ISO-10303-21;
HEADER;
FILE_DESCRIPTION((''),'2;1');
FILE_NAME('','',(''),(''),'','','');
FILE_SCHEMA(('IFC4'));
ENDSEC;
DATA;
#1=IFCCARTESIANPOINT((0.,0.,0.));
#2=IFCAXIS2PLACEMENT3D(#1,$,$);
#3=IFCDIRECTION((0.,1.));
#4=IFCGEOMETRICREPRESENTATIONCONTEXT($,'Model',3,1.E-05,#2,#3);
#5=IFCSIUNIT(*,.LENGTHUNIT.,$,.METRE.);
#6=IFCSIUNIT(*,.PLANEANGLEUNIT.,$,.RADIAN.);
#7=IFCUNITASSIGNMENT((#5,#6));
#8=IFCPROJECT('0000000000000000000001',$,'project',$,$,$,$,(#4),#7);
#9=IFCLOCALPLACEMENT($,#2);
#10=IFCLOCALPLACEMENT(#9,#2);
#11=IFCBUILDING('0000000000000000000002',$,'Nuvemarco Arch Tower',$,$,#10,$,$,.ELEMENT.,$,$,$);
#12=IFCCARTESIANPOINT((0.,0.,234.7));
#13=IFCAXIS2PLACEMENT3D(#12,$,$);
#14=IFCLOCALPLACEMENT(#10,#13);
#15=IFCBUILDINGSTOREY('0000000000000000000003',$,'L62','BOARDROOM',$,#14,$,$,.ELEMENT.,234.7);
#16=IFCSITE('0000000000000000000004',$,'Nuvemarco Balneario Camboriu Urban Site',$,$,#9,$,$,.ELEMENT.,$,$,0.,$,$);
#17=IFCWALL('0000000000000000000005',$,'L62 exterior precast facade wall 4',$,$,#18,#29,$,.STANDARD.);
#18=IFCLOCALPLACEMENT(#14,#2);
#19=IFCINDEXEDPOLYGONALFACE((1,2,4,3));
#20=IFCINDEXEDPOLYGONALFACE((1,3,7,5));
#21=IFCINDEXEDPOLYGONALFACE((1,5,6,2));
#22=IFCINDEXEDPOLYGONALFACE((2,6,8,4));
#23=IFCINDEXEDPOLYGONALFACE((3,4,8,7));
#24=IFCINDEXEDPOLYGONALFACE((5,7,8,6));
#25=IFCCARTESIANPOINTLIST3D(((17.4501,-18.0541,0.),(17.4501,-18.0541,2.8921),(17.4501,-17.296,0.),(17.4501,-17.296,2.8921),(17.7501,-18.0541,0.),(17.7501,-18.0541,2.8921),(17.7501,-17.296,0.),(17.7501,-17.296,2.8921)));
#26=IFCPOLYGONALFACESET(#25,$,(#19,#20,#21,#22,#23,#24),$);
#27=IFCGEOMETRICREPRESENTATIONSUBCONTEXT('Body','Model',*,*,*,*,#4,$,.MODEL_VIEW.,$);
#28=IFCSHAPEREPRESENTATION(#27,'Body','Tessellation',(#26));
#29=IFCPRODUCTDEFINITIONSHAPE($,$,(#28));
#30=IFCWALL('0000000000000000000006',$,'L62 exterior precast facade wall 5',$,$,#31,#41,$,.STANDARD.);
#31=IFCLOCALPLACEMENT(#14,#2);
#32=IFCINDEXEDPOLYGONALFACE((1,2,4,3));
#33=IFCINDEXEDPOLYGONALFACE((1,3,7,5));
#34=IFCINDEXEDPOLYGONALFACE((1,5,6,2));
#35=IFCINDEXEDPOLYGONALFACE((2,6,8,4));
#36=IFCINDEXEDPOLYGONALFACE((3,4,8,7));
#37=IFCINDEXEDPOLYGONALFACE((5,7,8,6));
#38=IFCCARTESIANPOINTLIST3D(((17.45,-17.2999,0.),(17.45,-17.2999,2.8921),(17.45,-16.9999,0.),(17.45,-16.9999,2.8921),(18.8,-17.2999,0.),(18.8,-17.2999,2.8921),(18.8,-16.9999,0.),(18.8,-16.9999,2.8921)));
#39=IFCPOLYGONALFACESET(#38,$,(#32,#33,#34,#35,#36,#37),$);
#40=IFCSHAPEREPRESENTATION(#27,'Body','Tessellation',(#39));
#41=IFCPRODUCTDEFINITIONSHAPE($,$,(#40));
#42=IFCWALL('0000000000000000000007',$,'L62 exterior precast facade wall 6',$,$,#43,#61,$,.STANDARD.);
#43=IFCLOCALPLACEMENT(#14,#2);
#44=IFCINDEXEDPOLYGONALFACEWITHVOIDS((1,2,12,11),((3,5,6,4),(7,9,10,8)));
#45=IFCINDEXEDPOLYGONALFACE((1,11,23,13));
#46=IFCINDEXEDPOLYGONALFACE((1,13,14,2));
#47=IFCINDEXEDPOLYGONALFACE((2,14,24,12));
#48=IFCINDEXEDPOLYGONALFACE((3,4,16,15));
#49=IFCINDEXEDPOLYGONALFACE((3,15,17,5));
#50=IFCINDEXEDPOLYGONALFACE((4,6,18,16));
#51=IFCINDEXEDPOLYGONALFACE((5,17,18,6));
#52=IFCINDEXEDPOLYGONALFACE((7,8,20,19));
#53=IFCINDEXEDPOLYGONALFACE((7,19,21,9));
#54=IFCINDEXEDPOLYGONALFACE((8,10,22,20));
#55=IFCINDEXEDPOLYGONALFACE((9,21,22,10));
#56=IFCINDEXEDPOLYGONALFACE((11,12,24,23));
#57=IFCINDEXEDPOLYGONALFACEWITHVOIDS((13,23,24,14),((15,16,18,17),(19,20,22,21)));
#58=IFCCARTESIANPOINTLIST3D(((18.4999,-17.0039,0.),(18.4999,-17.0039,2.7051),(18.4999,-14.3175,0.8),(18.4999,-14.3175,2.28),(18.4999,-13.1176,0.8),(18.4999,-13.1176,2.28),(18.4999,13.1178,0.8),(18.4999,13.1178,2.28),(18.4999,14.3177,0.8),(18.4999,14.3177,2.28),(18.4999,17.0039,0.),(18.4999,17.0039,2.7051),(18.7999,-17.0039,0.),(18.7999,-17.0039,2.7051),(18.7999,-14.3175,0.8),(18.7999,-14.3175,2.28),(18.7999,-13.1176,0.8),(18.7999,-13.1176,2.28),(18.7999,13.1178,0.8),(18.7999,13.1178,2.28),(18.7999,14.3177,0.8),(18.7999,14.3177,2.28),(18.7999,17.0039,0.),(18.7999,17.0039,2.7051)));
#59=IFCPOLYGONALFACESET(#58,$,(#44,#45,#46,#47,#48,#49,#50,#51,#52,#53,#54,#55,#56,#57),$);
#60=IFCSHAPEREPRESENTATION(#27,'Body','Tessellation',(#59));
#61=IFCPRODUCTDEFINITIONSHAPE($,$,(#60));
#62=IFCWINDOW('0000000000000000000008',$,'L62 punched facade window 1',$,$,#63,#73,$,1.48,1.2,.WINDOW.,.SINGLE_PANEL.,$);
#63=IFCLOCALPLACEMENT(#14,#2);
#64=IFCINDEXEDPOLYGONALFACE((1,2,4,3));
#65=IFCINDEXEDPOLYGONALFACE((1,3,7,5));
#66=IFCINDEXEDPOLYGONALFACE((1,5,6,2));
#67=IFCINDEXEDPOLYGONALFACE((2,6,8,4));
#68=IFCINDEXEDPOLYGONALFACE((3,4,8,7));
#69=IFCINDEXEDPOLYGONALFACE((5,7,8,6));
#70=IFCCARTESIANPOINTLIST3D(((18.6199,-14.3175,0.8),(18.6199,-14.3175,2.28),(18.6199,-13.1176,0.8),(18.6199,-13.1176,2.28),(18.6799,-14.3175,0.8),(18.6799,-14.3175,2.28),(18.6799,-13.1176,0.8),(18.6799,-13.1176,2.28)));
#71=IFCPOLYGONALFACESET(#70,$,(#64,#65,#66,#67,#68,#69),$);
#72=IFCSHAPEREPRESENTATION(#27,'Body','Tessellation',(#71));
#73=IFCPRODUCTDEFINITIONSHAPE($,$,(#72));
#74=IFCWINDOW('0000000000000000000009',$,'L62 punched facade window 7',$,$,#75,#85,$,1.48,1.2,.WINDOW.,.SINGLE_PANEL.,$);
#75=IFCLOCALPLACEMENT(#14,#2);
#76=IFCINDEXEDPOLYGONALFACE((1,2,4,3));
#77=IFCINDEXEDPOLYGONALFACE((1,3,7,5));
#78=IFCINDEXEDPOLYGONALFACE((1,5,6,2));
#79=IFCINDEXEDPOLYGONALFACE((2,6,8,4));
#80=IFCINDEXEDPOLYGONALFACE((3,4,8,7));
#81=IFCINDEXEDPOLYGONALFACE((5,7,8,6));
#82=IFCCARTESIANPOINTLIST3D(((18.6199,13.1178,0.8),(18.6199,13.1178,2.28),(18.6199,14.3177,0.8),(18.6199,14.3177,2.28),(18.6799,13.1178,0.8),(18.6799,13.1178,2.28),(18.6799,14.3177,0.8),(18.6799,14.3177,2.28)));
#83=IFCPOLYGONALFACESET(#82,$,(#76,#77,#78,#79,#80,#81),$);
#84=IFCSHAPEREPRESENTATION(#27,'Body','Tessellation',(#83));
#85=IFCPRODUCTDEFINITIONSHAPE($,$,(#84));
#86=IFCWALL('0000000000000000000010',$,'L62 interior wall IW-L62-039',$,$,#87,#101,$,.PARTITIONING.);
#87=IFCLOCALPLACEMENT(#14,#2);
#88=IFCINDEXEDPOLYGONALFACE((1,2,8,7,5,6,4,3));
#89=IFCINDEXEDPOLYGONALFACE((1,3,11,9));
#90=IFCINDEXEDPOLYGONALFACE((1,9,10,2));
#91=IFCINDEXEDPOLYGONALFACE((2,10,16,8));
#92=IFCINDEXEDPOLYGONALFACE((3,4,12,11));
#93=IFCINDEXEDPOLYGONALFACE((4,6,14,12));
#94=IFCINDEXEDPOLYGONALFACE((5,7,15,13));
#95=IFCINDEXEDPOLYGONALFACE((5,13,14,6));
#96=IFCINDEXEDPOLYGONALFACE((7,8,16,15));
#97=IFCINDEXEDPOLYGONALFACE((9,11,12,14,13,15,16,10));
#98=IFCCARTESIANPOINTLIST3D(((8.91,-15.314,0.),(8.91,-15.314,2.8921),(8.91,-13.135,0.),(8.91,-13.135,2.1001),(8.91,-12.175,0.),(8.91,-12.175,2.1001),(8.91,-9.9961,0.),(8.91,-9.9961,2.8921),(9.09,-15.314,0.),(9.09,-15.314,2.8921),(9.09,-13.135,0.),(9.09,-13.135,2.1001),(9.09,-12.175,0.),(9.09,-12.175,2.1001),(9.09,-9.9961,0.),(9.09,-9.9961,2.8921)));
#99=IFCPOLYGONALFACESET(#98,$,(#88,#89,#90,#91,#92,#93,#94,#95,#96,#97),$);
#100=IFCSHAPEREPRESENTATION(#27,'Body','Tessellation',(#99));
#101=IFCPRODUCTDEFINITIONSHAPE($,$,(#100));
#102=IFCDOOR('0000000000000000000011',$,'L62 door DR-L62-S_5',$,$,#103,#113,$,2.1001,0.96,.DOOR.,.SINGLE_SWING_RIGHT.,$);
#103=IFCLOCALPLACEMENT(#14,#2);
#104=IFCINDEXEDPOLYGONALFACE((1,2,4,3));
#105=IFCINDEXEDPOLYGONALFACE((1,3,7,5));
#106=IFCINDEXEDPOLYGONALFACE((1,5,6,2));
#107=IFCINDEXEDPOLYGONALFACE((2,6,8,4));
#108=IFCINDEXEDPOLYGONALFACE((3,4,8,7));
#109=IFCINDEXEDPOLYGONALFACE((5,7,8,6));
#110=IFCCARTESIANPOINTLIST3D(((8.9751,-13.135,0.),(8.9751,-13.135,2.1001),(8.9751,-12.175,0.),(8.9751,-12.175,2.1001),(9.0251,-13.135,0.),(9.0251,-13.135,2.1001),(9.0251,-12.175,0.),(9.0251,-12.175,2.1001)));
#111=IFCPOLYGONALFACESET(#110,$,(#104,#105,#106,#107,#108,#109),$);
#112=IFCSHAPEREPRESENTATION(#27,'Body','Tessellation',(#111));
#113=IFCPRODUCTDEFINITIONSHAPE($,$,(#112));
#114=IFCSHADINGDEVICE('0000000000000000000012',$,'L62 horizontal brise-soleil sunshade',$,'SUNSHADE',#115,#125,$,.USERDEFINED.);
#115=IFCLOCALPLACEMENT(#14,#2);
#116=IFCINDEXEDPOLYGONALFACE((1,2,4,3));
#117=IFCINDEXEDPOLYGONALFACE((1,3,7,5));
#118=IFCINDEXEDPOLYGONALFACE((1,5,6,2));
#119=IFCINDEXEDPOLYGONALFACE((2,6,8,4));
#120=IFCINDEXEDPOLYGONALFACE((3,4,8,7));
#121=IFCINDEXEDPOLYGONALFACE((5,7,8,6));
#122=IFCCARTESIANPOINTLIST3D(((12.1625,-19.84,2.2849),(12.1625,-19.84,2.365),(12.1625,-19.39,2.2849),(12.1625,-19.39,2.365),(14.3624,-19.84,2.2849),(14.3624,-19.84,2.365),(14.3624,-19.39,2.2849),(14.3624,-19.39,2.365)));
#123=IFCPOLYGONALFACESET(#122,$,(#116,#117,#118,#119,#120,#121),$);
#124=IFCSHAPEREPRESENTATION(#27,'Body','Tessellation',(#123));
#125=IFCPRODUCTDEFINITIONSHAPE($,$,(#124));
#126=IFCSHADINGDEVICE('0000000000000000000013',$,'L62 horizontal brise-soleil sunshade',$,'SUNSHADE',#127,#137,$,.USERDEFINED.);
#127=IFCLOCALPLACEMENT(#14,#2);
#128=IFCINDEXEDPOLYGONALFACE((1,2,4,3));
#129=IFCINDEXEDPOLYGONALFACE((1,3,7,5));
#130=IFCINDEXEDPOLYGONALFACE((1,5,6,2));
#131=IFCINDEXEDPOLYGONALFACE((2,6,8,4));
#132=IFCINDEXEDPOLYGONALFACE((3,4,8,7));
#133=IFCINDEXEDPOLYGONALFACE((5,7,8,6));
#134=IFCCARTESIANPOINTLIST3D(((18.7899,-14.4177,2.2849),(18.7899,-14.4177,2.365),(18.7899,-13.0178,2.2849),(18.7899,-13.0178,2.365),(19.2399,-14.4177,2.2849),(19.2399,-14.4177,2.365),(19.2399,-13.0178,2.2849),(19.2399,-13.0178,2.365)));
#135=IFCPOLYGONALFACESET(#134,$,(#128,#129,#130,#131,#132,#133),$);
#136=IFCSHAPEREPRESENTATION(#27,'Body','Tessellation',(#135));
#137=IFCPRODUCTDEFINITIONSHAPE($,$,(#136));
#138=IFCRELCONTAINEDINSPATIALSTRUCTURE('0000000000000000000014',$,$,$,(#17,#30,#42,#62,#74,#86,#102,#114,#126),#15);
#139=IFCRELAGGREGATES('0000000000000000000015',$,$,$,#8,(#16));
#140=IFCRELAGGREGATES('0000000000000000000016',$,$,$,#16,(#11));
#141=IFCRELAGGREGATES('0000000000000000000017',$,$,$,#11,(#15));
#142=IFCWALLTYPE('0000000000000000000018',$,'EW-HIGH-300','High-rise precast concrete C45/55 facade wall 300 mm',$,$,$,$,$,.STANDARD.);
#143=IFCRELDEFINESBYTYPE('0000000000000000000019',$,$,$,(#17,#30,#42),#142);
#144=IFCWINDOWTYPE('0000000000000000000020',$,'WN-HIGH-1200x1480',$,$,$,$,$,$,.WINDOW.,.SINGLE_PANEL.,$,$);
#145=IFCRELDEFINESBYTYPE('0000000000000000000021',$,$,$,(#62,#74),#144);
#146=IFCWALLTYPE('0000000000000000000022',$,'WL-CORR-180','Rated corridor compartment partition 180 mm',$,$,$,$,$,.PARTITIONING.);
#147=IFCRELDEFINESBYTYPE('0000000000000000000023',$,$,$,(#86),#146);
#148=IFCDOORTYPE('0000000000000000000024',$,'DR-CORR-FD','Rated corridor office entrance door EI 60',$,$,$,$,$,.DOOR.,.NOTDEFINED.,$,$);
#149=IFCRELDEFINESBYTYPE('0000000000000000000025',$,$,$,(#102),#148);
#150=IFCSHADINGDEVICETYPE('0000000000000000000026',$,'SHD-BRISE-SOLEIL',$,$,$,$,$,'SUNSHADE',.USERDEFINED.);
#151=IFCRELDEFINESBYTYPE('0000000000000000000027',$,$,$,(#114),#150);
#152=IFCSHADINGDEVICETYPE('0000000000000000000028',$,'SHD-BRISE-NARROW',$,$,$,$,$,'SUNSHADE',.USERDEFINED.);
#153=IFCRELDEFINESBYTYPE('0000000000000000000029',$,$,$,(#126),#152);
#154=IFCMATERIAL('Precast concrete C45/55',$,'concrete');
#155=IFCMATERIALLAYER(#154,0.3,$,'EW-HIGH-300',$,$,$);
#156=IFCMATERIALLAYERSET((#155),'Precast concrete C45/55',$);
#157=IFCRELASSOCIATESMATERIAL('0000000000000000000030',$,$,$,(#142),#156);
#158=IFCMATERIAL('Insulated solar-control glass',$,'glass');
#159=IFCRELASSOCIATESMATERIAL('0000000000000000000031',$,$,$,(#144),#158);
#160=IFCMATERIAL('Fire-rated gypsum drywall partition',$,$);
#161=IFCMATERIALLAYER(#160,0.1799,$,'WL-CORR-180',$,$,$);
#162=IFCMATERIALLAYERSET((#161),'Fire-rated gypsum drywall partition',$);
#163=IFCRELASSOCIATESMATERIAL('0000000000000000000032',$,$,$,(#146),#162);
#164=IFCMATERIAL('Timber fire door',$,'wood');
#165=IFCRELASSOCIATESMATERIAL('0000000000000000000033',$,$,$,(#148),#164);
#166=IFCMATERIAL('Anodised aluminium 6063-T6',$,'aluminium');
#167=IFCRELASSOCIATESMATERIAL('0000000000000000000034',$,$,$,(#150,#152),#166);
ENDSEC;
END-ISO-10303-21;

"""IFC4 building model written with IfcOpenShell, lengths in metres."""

from ifc_helpers import new_model, si_unit, direction, frame, frame_2d, origin, origin_2d, place, context, subcontext, project, spatial, rectangle, extrude, source, transform, mapped, material, layer, layer_set, type_object, type_shapes, element, fill, save


model = new_model("IFC4")

# Units and contexts
model_context = context("Model", 3, precision=1e-05, world=origin(), true_north=direction((0.0, 1.0)))
body_context = subcontext(model_context, "Body", "Model", "MODEL_VIEW")
ifc_project = project(units=[si_unit("LENGTHUNIT", "METRE"), si_unit("PLANEANGLEUNIT", "RADIAN")], contexts=[model_context])

# Site, building, storey
site_placement = place(None, origin())
site = spatial("IfcSite", under=ifc_project, at=site_placement, Name="Nuvemarco Balneario Camboriu Urban Site", CompositionType="ELEMENT", RefElevation=0.0)
building_placement = place(site_placement, origin())
building = spatial("IfcBuilding", under=site, at=building_placement, Name="Nuvemarco Arch Tower", CompositionType="ELEMENT")
storey_placement = place(building_placement, frame((0.0, 0.0, 234.7)))
storey = spatial("IfcBuildingStorey", under=building, at=storey_placement, Name="L62", Description="BOARDROOM", CompositionType="ELEMENT", Elevation=234.7)

# Shared definitions
ifc_material_1 = material(Name="Precast concrete C45/55", Category="concrete")

# Walls
ifc_layer_1 = layer(ifc_material_1, 0.3, Name="EW-HIGH-300")
ifc_layer_set_1 = layer_set([ifc_layer_1], Name="Precast concrete C45/55")
wall_type_1 = type_object("IfcWallType", Name="EW-HIGH-300", Description="High-rise precast concrete C45/55 facade wall 300 mm", PredefinedType="STANDARD", material=ifc_layer_set_1)
wall_1_placement = place(storey_placement, frame((17.6001, -18.054, 0.0), z_axis=(0.0, 0.0, 1.0), x_axis=(0.0, 1.0, 0.0)))
element("IfcWall", 1, at=wall_1_placement, inside=storey, type_object=wall_type_1, Name="L62 exterior precast facade wall 4", PredefinedType="STANDARD", context=body_context, shape_type="SweptSolid", body=[
    extrude(rectangle(XDim=0.7581, YDim=0.3, at=frame_2d((0.3789, 0.0))), origin(), (0.0, 0.0, 1.0), 2.8921),
])
wall_2_placement = place(storey_placement, frame((17.45, -17.1499, 0.0), z_axis=(0.0, 0.0, 1.0), x_axis=(1.0, 0.0, 0.0)))
element("IfcWall", 2, at=wall_2_placement, inside=storey, type_object=wall_type_1, Name="L62 exterior precast facade wall 5", PredefinedType="STANDARD", context=body_context, shape_type="SweptSolid", body=[
    extrude(rectangle(XDim=1.3501, YDim=0.3, at=frame_2d((0.675, 0.0))), origin(), (0.0, 0.0, 1.0), 2.8921),
])

# Wall, openings, windows
wall_3_placement = place(storey_placement, frame((18.6499, -17.0039, 0.0), z_axis=(0.0, 0.0, 1.0), x_axis=(0.0, 1.0, 0.0)))
wall_3 = element("IfcWall", 3, at=wall_3_placement, inside=storey, type_object=wall_type_1, Name="L62 exterior precast facade wall 6", PredefinedType="STANDARD", context=body_context, shape_type="SweptSolid", body=[
    extrude(rectangle(XDim=34.0078, YDim=0.3, at=frame_2d((17.0039, 0.0))), origin(), (0.0, 0.0, 1.0), 2.7051),
])
opening_1_placement = place(wall_3_placement, frame((2.6863, 0.0, 0.8)))
opening_1 = element("IfcOpeningElement", 4, at=opening_1_placement, cuts=wall_3, PredefinedType="OPENING", context=body_context, shape_type="SweptSolid", body=[
    extrude(rectangle(XDim=1.2, YDim=1.48, at=frame_2d((0.6001, 0.74))), frame((0.0, 0.1599, 0.0), z_axis=(0.0, -1.0, 0.0), x_axis=(1.0, 0.0, 0.0)), (0.0, 0.0, 1.0), 0.3201),
])
opening_2_placement = place(wall_3_placement, frame((30.1216, 0.0, 0.8)))
opening_2 = element("IfcOpeningElement", 5, at=opening_2_placement, cuts=wall_3, PredefinedType="OPENING", context=body_context, shape_type="SweptSolid", body=[
    extrude(rectangle(XDim=1.2, YDim=1.48, at=frame_2d((0.6001, 0.74))), frame((0.0, 0.1599, 0.0), z_axis=(0.0, -1.0, 0.0), x_axis=(1.0, 0.0, 0.0)), (0.0, 0.0, 1.0), 0.3201),
])
ifc_material_2 = material(Name="Insulated solar-control glass", Category="glass")
window_type = type_object("IfcWindowType", Name="WN-HIGH-1200x1480", PartitioningType="SINGLE_PANEL", PredefinedType="WINDOW", material=ifc_material_2)
shared_shape_1 = source(origin(), body_context, "Body", "SweptSolid", [
    extrude(rectangle(XDim=1.2, YDim=1.48, at=frame_2d((0.6001, 0.74))), frame((0.0, 0.03, 0.0), z_axis=(0.0, -1.0, 0.0), x_axis=(1.0, 0.0, 0.0)), (0.0, 0.0, 1.0), 0.0601),
])
type_shapes(window_type, [shared_shape_1])
window_1_placement = place(opening_1_placement, origin())
window_1 = element("IfcWindow", 6, at=window_1_placement, inside=storey, type_object=window_type, Name="L62 punched facade window 1", OverallHeight=1.48, OverallWidth=1.2, PartitioningType="SINGLE_PANEL", PredefinedType="WINDOW", context=body_context, shape_type="MappedRepresentation", body=[
    mapped(shared_shape_1, transform((0.0, 0.0, 0.0), scale=1.0)),
])
fill(opening_1, window_1)
window_2_placement = place(opening_2_placement, origin())
window_2 = element("IfcWindow", 7, at=window_2_placement, inside=storey, type_object=window_type, Name="L62 punched facade window 7", OverallHeight=1.48, OverallWidth=1.2, PartitioningType="SINGLE_PANEL", PredefinedType="WINDOW", context=body_context, shape_type="MappedRepresentation", body=[
    mapped(shared_shape_1, transform((0.0, 0.0, 0.0), scale=1.0)),
])
fill(opening_2, window_2)

# Wall, opening, door
ifc_material_3 = material(Name="Fire-rated gypsum drywall partition")
ifc_layer_2 = layer(ifc_material_3, 0.1799, Name="WL-CORR-180")
ifc_layer_set_2 = layer_set([ifc_layer_2], Name="Fire-rated gypsum drywall partition")
wall_type_2 = type_object("IfcWallType", Name="WL-CORR-180", Description="Rated corridor compartment partition 180 mm", PredefinedType="PARTITIONING", material=ifc_layer_set_2)
wall_4_placement = place(storey_placement, frame((9.0, -15.314, 0.0), z_axis=(0.0, 0.0, 1.0), x_axis=(0.0, 1.0, 0.0)))
wall_4 = element("IfcWall", 8, at=wall_4_placement, inside=storey, type_object=wall_type_2, Name="L62 interior wall IW-L62-039", PredefinedType="PARTITIONING", context=body_context, shape_type="SweptSolid", body=[
    extrude(rectangle(XDim=5.3179, YDim=0.1799, at=frame_2d((2.6589, 0.0))), origin(), (0.0, 0.0, 1.0), 2.8921),
])
opening_3_placement = place(wall_4_placement, frame((2.179, 0.0, 0.0)))
opening_3 = element("IfcOpeningElement", 9, at=opening_3_placement, cuts=wall_4, PredefinedType="OPENING", context=body_context, shape_type="SweptSolid", body=[
    extrude(rectangle(XDim=0.96, YDim=2.1001, at=frame_2d((0.48, 1.05))), frame((0.0, 0.0999, 0.0), z_axis=(0.0, -1.0, 0.0), x_axis=(1.0, 0.0, 0.0)), (0.0, 0.0, 1.0), 0.2),
])
ifc_material_4 = material(Name="Timber fire door", Category="wood")
door_type = type_object("IfcDoorType", Name="DR-CORR-FD", Description="Rated corridor office entrance door EI 60", OperationType="NOTDEFINED", PredefinedType="DOOR", material=ifc_material_4)
shared_shape_2 = source(origin(), body_context, "Body", "SweptSolid", [
    extrude(rectangle(XDim=0.96, YDim=2.1001, at=frame_2d((0.48, 1.05))), frame((0.0, 0.0249, 0.0), z_axis=(0.0, -1.0, 0.0), x_axis=(1.0, 0.0, 0.0)), (0.0, 0.0, 1.0), 0.05),
])
type_shapes(door_type, [shared_shape_2])
door_placement = place(opening_3_placement, origin())
door = element("IfcDoor", 10, at=door_placement, inside=storey, type_object=door_type, Name="L62 door DR-L62-S_5", OperationType="SINGLE_SWING_RIGHT", OverallHeight=2.1001, OverallWidth=0.96, PredefinedType="DOOR", context=body_context, shape_type="MappedRepresentation", body=[
    mapped(shared_shape_2, transform((0.0, 0.0, 0.0), scale=1.0)),
])
fill(opening_3, door)

# Shading devices
ifc_material_5 = material(Name="Anodised aluminium 6063-T6", Category="aluminium")
shading_device_type_1 = type_object("IfcShadingDeviceType", Name="SHD-BRISE-SOLEIL", ElementType="SUNSHADE", PredefinedType="USERDEFINED", material=ifc_material_5)
shared_shape_3 = source(origin(), body_context, "Body", "SweptSolid", [
    extrude(rectangle(XDim=2.2, YDim=0.45, at=origin_2d()), origin(), (0.0, 0.0, 1.0), 0.0801),
])
type_shapes(shading_device_type_1, [shared_shape_3])
shading_device_1_placement = place(storey_placement, frame((13.2625, -19.615, 2.2849), z_axis=(0.0, 0.0, 1.0), x_axis=(1.0, 0.0, 0.0)))
element("IfcShadingDevice", 11, at=shading_device_1_placement, inside=storey, type_object=shading_device_type_1, Name="L62 horizontal brise-soleil sunshade", ObjectType="SUNSHADE", PredefinedType="USERDEFINED", context=body_context, shape_type="MappedRepresentation", body=[
    mapped(shared_shape_3, transform((0.0, 0.0, 0.0), scale=1.0)),
])
shading_device_type_2 = type_object("IfcShadingDeviceType", Name="SHD-BRISE-NARROW", ElementType="SUNSHADE", PredefinedType="USERDEFINED", material=ifc_material_5)
shared_shape_4 = source(origin(), body_context, "Body", "SweptSolid", [
    extrude(rectangle(XDim=1.3999, YDim=0.45, at=origin_2d()), origin(), (0.0, 0.0, 1.0), 0.0801),
])
type_shapes(shading_device_type_2, [shared_shape_4])
shading_device_2_placement = place(storey_placement, frame((19.0149, -13.7178, 2.2849), z_axis=(0.0, 0.0, 1.0), x_axis=(0.0, 1.0, 0.0)))
element("IfcShadingDevice", 12, at=shading_device_2_placement, inside=storey, type_object=shading_device_type_2, Name="L62 horizontal brise-soleil sunshade", ObjectType="SUNSHADE", PredefinedType="USERDEFINED", context=body_context, shape_type="MappedRepresentation", body=[
    mapped(shared_shape_4, transform((0.0, 0.0, 0.0), scale=1.0)),
])

save(model, "model.ifc")
